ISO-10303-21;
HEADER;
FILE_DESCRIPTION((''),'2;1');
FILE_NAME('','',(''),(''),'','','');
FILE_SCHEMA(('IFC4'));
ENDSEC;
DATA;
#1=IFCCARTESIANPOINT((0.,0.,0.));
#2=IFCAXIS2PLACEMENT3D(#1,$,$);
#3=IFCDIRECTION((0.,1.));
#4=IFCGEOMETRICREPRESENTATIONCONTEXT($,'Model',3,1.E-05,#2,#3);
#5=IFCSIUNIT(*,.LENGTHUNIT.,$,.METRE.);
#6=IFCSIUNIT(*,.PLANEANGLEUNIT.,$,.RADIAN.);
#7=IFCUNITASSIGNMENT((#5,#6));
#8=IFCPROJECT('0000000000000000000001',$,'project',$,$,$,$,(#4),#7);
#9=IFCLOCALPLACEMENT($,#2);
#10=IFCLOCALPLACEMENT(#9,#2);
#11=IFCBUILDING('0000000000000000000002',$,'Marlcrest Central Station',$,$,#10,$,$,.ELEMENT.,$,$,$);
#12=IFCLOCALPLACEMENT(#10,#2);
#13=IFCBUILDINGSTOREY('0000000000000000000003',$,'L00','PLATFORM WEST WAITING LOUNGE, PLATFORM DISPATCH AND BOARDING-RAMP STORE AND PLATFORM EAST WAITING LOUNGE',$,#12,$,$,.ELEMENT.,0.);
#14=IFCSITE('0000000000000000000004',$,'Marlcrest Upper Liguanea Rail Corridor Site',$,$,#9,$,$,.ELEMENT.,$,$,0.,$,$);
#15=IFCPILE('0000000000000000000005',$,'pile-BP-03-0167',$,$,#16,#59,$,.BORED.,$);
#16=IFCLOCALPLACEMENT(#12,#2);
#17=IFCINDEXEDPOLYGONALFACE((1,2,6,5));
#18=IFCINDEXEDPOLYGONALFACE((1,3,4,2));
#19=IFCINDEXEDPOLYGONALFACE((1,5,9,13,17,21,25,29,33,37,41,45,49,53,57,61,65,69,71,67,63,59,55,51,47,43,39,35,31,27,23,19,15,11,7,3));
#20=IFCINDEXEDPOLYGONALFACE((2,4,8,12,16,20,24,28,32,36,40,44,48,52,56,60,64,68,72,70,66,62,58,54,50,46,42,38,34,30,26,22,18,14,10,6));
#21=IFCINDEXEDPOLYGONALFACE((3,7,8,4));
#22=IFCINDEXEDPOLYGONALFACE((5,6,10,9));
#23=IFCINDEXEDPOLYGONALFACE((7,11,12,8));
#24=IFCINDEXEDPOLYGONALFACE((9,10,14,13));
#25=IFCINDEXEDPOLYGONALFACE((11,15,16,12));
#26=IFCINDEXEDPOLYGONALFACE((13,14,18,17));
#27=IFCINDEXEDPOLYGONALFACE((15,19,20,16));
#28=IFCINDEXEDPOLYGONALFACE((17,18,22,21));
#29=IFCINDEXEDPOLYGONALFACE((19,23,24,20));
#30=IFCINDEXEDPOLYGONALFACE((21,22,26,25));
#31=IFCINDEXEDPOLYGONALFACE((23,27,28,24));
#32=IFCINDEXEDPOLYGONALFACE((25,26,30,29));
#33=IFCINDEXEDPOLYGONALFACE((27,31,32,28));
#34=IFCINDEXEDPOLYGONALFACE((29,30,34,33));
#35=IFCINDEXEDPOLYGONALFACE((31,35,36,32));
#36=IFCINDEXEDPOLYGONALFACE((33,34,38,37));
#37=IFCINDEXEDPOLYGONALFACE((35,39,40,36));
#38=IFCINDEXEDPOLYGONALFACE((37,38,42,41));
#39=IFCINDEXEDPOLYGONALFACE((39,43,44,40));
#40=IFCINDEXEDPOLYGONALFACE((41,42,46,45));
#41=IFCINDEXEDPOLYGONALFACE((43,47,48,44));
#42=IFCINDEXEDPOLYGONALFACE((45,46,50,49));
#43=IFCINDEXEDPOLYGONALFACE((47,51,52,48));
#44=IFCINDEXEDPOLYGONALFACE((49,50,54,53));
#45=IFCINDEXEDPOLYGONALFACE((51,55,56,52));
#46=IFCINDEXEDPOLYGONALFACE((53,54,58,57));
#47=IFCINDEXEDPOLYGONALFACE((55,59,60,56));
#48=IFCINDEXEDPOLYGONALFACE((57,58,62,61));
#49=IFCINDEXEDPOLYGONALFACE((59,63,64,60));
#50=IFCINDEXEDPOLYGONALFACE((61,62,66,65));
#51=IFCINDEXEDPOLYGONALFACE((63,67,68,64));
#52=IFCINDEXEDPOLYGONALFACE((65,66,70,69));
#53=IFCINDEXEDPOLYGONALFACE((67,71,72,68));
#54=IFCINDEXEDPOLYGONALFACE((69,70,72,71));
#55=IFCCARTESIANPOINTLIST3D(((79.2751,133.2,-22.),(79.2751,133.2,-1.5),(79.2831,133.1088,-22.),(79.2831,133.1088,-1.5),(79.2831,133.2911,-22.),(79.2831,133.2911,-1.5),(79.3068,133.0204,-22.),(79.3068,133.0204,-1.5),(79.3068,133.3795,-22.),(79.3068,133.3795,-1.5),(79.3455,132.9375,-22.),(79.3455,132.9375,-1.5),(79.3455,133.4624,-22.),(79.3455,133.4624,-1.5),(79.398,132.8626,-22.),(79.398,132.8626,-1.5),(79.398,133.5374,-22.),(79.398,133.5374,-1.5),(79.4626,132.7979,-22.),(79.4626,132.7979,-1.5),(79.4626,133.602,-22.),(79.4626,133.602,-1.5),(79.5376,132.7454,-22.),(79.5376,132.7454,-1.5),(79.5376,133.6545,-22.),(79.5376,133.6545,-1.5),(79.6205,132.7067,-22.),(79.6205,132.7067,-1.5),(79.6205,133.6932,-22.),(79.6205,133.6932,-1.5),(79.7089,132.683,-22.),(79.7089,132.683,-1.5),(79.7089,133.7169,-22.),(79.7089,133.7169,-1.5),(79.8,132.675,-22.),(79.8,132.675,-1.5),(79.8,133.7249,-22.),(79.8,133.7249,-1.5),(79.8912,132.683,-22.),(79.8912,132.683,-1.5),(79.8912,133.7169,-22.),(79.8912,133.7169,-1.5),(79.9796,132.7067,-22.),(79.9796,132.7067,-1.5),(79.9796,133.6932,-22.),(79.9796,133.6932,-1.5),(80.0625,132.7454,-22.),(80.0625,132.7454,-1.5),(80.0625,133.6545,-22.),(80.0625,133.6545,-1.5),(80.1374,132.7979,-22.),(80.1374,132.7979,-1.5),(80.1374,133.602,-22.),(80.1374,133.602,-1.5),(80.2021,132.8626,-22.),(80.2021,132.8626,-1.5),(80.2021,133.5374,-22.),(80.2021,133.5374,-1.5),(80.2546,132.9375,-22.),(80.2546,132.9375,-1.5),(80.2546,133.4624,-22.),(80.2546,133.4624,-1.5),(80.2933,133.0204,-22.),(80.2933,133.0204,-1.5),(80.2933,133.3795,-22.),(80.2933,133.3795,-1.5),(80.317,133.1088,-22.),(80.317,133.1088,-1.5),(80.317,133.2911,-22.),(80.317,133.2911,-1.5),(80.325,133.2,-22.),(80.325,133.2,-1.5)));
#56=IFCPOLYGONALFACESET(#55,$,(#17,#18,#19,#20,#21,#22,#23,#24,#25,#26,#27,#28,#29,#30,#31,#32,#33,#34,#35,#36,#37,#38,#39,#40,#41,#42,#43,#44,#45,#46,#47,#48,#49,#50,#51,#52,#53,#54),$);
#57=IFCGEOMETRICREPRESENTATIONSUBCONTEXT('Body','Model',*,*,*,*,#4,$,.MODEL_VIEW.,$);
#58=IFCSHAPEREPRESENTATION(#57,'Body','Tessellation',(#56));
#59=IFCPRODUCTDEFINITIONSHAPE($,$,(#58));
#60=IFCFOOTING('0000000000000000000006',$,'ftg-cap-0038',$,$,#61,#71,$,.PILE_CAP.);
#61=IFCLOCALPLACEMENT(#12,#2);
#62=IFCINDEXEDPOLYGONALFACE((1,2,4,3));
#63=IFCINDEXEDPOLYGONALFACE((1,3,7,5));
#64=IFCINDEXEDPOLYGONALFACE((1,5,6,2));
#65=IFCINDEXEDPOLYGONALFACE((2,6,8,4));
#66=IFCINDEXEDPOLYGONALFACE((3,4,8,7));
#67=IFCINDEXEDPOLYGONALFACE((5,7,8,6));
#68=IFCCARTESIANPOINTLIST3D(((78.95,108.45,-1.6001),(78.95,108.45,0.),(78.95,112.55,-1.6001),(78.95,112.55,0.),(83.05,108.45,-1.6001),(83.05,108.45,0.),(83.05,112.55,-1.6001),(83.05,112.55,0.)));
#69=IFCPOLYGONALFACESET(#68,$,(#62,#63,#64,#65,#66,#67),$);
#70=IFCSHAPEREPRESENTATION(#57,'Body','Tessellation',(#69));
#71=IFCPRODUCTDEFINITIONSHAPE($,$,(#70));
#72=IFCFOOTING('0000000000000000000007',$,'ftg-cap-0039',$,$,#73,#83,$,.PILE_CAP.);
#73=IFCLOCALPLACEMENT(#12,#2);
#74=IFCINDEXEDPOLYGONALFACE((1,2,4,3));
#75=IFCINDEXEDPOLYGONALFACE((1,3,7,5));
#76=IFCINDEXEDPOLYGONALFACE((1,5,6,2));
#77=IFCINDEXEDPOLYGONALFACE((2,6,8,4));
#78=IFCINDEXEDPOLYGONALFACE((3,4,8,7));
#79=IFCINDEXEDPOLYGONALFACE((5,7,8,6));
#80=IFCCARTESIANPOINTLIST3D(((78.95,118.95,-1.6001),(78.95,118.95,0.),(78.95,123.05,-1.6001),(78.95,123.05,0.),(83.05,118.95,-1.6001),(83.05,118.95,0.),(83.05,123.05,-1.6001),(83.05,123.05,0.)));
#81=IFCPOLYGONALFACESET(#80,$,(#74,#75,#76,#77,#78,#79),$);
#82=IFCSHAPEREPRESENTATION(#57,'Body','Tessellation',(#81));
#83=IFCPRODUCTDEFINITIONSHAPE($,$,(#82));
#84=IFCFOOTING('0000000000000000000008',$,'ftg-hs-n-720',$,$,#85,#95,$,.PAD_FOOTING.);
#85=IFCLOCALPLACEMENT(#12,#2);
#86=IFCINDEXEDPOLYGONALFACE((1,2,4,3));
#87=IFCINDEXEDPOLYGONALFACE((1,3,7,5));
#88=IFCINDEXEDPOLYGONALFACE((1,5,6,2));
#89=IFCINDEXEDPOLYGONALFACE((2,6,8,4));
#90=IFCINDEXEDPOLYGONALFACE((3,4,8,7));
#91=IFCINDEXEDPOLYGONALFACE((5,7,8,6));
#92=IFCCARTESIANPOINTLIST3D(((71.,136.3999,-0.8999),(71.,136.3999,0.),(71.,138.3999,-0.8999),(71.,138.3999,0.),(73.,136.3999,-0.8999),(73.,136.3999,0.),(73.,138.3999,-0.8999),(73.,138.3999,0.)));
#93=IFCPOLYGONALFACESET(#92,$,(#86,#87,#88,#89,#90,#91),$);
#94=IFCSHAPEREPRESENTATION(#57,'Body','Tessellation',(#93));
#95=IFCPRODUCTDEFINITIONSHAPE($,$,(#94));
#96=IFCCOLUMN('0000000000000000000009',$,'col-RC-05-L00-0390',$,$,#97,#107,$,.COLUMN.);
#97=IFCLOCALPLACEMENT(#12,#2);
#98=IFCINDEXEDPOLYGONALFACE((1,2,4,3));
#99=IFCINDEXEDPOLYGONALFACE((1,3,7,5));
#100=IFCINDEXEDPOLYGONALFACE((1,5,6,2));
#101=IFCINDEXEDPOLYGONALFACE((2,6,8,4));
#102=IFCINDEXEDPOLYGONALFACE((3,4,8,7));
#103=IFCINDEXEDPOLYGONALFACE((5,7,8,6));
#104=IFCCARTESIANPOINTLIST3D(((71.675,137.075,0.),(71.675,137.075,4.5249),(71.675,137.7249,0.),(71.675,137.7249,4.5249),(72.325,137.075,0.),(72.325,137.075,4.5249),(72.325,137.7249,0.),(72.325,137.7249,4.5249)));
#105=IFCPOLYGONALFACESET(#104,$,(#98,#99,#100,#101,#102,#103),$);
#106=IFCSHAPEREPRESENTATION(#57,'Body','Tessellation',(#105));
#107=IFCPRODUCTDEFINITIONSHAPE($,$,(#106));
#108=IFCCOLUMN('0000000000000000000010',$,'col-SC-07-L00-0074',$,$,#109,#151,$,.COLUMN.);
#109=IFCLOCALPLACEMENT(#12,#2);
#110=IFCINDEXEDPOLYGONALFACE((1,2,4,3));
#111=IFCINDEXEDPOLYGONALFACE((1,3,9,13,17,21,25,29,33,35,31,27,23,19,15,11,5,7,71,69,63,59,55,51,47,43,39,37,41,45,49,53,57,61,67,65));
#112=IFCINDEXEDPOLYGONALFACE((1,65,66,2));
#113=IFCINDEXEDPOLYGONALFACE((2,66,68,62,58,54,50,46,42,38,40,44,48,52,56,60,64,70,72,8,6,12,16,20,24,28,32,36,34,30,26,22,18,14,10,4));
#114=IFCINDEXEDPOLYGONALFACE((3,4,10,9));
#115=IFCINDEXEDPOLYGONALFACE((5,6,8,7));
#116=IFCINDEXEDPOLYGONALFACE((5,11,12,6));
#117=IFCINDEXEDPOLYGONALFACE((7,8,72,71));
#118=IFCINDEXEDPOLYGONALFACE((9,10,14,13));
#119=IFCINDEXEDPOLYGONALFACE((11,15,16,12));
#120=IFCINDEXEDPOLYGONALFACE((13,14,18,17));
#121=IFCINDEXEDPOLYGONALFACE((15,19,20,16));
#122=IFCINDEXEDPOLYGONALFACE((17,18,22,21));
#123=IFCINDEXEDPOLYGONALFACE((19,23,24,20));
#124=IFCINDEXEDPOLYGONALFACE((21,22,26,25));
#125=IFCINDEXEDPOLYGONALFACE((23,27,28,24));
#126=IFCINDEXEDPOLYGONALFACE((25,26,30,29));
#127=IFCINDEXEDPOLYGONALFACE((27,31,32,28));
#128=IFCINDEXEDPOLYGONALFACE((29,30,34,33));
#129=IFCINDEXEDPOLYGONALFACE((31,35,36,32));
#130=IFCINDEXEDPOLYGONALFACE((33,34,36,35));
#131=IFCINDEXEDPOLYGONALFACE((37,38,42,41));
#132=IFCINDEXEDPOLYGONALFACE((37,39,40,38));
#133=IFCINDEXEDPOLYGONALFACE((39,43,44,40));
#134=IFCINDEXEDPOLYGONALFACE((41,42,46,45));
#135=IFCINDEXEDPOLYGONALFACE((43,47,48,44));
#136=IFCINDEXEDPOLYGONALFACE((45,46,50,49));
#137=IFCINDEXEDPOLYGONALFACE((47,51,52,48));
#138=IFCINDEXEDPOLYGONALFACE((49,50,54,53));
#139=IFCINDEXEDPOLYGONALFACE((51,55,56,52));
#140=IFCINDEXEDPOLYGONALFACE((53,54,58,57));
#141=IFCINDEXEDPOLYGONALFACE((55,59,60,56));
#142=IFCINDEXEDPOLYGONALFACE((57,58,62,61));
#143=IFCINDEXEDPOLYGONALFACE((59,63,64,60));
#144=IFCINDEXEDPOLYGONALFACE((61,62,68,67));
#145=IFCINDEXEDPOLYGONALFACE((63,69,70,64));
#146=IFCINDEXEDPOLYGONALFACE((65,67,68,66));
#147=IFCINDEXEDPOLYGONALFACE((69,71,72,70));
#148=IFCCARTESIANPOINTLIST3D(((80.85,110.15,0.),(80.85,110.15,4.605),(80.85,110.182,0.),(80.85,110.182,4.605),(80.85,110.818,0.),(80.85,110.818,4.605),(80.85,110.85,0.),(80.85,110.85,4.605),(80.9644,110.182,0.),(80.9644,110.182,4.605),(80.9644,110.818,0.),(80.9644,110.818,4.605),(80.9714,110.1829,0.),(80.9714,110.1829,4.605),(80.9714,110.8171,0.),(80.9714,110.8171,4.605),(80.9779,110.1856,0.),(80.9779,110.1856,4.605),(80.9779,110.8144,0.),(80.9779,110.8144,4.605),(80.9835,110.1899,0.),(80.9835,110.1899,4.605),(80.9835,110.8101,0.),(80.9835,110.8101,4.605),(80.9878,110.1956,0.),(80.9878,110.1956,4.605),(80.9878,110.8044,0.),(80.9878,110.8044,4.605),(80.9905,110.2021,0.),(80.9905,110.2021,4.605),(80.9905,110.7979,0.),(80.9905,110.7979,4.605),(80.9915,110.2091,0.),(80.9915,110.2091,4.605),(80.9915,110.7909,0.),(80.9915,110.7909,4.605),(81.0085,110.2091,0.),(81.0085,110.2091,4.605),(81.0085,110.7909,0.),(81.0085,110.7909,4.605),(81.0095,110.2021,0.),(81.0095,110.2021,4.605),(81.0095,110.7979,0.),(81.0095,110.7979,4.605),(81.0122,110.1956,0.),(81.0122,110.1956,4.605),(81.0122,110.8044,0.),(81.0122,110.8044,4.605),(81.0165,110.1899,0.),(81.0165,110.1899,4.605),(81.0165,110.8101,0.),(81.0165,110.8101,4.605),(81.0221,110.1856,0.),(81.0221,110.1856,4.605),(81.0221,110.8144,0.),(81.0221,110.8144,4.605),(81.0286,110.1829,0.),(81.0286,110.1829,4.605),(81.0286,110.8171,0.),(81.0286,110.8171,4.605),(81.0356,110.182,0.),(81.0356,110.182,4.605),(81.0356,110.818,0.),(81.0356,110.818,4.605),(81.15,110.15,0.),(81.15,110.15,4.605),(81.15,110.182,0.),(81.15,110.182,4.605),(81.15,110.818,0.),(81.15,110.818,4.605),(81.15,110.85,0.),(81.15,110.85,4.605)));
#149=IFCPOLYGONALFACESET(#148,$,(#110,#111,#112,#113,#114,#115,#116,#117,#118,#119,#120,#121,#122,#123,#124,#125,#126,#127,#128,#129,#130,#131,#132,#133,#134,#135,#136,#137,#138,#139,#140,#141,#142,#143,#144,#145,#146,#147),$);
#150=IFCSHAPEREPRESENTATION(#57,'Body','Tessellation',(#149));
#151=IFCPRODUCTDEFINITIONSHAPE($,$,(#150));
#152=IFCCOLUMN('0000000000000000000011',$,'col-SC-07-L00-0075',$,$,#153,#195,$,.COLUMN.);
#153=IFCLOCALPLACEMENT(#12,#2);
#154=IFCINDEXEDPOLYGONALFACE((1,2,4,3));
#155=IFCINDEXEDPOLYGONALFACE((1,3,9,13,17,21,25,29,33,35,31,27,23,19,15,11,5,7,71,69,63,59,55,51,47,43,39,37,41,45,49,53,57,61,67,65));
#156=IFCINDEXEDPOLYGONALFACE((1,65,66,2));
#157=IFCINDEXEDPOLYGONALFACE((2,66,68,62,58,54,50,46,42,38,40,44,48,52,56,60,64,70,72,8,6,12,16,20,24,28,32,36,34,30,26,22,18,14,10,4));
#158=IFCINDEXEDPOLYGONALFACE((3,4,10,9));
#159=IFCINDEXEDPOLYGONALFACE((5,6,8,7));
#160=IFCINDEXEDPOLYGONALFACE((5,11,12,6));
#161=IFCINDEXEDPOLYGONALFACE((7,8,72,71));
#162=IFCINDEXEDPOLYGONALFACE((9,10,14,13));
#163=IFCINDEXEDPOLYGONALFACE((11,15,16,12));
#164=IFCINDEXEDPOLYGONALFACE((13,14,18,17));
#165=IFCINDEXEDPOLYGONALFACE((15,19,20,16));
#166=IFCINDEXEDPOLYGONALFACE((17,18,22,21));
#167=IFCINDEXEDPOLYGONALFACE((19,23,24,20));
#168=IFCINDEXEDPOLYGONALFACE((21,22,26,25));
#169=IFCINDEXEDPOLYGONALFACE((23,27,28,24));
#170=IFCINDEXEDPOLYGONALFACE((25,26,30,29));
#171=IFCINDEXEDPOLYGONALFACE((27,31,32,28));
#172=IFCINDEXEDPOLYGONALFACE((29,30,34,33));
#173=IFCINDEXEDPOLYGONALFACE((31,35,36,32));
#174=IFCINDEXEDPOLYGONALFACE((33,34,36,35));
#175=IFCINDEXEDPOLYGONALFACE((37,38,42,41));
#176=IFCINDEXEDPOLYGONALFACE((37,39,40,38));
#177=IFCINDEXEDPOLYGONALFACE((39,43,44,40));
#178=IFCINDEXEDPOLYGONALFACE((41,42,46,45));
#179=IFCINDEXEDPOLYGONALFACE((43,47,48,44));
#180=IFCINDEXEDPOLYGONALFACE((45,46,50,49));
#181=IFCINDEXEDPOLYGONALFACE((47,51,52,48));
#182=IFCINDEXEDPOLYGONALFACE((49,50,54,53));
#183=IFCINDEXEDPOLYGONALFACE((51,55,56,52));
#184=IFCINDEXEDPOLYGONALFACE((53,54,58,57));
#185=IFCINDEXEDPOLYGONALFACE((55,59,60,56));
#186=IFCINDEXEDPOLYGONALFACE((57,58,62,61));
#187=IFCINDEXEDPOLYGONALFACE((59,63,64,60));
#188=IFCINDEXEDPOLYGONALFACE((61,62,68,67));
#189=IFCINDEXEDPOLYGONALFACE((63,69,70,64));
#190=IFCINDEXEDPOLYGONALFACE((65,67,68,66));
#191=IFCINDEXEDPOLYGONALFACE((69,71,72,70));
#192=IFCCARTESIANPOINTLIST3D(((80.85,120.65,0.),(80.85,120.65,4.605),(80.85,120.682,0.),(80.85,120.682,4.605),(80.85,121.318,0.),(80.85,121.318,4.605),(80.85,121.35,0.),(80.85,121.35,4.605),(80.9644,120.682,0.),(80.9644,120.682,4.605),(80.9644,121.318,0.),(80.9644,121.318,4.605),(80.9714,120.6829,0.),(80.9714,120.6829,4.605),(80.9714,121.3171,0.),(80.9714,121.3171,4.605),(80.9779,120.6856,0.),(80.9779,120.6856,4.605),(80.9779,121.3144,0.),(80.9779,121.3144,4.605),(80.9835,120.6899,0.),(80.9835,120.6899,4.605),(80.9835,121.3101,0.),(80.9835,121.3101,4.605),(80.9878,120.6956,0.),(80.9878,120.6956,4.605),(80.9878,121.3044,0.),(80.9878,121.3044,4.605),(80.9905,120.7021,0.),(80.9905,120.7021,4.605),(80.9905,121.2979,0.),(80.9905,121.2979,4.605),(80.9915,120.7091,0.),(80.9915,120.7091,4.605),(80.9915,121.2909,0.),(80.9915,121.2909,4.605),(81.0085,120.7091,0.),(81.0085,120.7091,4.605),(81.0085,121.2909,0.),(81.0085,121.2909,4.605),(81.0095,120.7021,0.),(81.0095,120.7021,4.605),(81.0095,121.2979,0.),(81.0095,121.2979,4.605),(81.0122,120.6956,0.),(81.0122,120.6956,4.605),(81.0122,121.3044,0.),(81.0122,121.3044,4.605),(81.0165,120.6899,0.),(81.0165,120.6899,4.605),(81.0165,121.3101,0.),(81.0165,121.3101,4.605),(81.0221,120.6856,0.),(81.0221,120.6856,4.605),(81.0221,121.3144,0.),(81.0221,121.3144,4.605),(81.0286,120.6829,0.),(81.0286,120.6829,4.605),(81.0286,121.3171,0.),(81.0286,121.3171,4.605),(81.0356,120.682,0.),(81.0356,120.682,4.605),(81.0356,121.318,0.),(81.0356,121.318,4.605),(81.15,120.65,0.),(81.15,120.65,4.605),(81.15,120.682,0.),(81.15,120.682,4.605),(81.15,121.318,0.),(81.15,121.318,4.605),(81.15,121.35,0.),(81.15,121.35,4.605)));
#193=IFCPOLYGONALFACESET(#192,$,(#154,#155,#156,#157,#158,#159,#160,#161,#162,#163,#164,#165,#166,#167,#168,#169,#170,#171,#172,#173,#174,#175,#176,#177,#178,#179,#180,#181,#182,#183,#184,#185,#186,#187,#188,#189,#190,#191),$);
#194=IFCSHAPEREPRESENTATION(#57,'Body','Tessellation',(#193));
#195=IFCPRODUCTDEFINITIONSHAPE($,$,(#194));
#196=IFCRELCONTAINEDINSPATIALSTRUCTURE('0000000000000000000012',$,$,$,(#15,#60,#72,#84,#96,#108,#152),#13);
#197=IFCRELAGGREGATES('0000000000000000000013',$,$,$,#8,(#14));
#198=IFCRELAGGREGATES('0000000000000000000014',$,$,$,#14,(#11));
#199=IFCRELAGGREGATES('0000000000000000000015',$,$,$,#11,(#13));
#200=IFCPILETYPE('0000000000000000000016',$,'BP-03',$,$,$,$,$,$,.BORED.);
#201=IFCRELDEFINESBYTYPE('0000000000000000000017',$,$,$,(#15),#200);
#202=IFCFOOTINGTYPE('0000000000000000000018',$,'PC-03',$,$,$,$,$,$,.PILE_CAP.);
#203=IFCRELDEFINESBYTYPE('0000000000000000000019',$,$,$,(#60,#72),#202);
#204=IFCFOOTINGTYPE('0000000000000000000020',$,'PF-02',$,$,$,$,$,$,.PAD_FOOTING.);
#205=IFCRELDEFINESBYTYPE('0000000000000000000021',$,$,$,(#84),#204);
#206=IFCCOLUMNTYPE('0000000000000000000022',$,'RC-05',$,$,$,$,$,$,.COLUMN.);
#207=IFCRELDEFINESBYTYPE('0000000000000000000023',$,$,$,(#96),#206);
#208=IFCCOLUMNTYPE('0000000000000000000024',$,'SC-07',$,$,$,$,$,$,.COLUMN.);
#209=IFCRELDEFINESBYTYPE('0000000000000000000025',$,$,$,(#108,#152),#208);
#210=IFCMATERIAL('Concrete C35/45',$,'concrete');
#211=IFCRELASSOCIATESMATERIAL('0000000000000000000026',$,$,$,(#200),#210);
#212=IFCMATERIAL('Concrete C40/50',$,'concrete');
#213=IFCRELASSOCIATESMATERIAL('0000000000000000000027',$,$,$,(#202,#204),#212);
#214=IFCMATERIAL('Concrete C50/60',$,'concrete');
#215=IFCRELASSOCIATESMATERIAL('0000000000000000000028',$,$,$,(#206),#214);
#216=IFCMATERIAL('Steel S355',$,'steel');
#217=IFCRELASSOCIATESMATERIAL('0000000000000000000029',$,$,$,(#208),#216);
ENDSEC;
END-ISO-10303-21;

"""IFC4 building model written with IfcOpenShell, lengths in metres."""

from ifc_helpers import new_model, si_unit, direction, frame, origin, origin_2d, place, context, subcontext, project, spatial, rectangle, circle, i_section, extrude, material, material_profile, profile_set, type_object, element, save


model = new_model("IFC4")

# Units and contexts
model_context = context("Model", 3, precision=1e-05, world=origin(), true_north=direction((0.0, 1.0)))
body_context = subcontext(model_context, "Body", "Model", "MODEL_VIEW")
ifc_project = project(units=[si_unit("LENGTHUNIT", "METRE"), si_unit("PLANEANGLEUNIT", "RADIAN")], contexts=[model_context])

# Site, building, storey
site_placement = place(None, origin())
site = spatial("IfcSite", under=ifc_project, at=site_placement, Name="Marlcrest Upper Liguanea Rail Corridor Site", CompositionType="ELEMENT", RefElevation=0.0)
building_placement = place(site_placement, origin())
building = spatial("IfcBuilding", under=site, at=building_placement, Name="Marlcrest Central Station", CompositionType="ELEMENT")
storey_placement = place(building_placement, origin())
storey = spatial("IfcBuildingStorey", under=building, at=storey_placement, Name="L00", Description="PLATFORM WEST WAITING LOUNGE, PLATFORM DISPATCH AND BOARDING-RAMP STORE AND PLATFORM EAST WAITING LOUNGE", CompositionType="ELEMENT", Elevation=0.0)

# Pile
ifc_material_1 = material(Name="Concrete C35/45", Category="concrete")
ifc_material_profile_1 = material_profile(ifc_material_1, circle(Radius=0.5249, at=origin_2d()), Name="PILE D1050")
ifc_profile_set_1 = profile_set([ifc_material_profile_1], Name="Concrete C35/45")
pile_type = type_object("IfcPileType", Name="BP-03", PredefinedType="BORED", material=ifc_profile_set_1)
for number, where, z_axis, x_axis, name in (
    (1, (79.8, 133.2, -1.5), (0.0, 0.0, -1.0), (1.0, 0.0, 0.0), "pile-BP-03-0167"),
):
    element("IfcPile", number, at=place(storey_placement, frame(where, z_axis=z_axis, x_axis=x_axis)), inside=storey, type_object=pile_type, Name=name, PredefinedType="BORED", context=body_context, shape_type="SweptSolid", body=[
        extrude(circle(Radius=0.5249, at=origin_2d()), origin(), (0.0, 0.0, 1.0), 20.5),
    ])

# Footings
ifc_material_2 = material(Name="Concrete C40/50", Category="concrete")
footing_type_1 = type_object("IfcFootingType", Name="PC-03", PredefinedType="PILE_CAP", material=ifc_material_2)
for number, where, z_axis, x_axis, name in (
    (2, (81.0, 110.5, -1.6001), (0.0, 0.0, 1.0), (1.0, 0.0, 0.0), "ftg-cap-0038"),
    (3, (81.0, 121.0, -1.6001), (0.0, 0.0, 1.0), (1.0, 0.0, 0.0), "ftg-cap-0039"),
):
    element("IfcFooting", number, at=place(storey_placement, frame(where, z_axis=z_axis, x_axis=x_axis)), inside=storey, type_object=footing_type_1, Name=name, PredefinedType="PILE_CAP", context=body_context, shape_type="SweptSolid", body=[
        extrude(rectangle(XDim=4.1001, YDim=4.1001, at=origin_2d()), origin(), (0.0, 0.0, 1.0), 1.6001),
    ])
footing_type_2 = type_object("IfcFootingType", Name="PF-02", PredefinedType="PAD_FOOTING", material=ifc_material_2)
footing_placement = place(storey_placement, frame((72.0, 137.3999, -0.8999), z_axis=(0.0, 0.0, 1.0), x_axis=(1.0, 0.0, 0.0)))
element("IfcFooting", 4, at=footing_placement, inside=storey, type_object=footing_type_2, Name="ftg-hs-n-720", PredefinedType="PAD_FOOTING", context=body_context, shape_type="SweptSolid", body=[
    extrude(rectangle(XDim=2.0, YDim=2.0, at=origin_2d()), origin(), (0.0, 0.0, 1.0), 0.8999),
])

# Columns
ifc_material_3 = material(Name="Concrete C50/60", Category="concrete")
ifc_material_profile_2 = material_profile(ifc_material_3, rectangle(XDim=0.6499, YDim=0.6499, at=origin_2d()), Name="RC 650x650")
ifc_profile_set_2 = profile_set([ifc_material_profile_2], Name="Concrete C50/60")
column_type_1 = type_object("IfcColumnType", Name="RC-05", PredefinedType="COLUMN", material=ifc_profile_set_2)
column_1_placement = place(storey_placement, frame((72.0, 137.3999, 0.0), z_axis=(0.0, 0.0, 1.0), x_axis=(1.0, 0.0, 0.0)))
element("IfcColumn", 5, at=column_1_placement, inside=storey, type_object=column_type_1, Name="col-RC-05-L00-0390", PredefinedType="COLUMN", context=body_context, shape_type="SweptSolid", body=[
    extrude(rectangle(XDim=0.6499, YDim=0.6499, at=origin_2d()), origin(), (0.0, 0.0, 1.0), 4.5249),
])
ifc_material_4 = material(Name="Steel S355", Category="steel")
ifc_material_profile_3 = material_profile(ifc_material_4, i_section(OverallWidth=0.3, OverallDepth=0.7, WebThickness=0.0171, FlangeThickness=0.032, FilletRadius=0.0271, at=origin_2d()), Name="HEB 700")
ifc_profile_set_3 = profile_set([ifc_material_profile_3], Name="Steel S355")
column_type_2 = type_object("IfcColumnType", Name="SC-07", PredefinedType="COLUMN", material=ifc_profile_set_3)
for number, where, z_axis, x_axis, name in (
    (6, (81.0, 110.5, 0.0), (0.0, 0.0, 1.0), (1.0, 0.0, 0.0), "col-SC-07-L00-0074"),
    (7, (81.0, 121.0, 0.0), (0.0, 0.0, 1.0), (1.0, 0.0, 0.0), "col-SC-07-L00-0075"),
):
    element("IfcColumn", number, at=place(storey_placement, frame(where, z_axis=z_axis, x_axis=x_axis)), inside=storey, type_object=column_type_2, Name=name, PredefinedType="COLUMN", context=body_context, shape_type="SweptSolid", body=[
        extrude(i_section(OverallWidth=0.3, OverallDepth=0.7, WebThickness=0.0171, FlangeThickness=0.032, FilletRadius=0.0271, at=origin_2d()), origin(), (0.0, 0.0, 1.0), 4.605),
    ])

save(model, "model.ifc")
